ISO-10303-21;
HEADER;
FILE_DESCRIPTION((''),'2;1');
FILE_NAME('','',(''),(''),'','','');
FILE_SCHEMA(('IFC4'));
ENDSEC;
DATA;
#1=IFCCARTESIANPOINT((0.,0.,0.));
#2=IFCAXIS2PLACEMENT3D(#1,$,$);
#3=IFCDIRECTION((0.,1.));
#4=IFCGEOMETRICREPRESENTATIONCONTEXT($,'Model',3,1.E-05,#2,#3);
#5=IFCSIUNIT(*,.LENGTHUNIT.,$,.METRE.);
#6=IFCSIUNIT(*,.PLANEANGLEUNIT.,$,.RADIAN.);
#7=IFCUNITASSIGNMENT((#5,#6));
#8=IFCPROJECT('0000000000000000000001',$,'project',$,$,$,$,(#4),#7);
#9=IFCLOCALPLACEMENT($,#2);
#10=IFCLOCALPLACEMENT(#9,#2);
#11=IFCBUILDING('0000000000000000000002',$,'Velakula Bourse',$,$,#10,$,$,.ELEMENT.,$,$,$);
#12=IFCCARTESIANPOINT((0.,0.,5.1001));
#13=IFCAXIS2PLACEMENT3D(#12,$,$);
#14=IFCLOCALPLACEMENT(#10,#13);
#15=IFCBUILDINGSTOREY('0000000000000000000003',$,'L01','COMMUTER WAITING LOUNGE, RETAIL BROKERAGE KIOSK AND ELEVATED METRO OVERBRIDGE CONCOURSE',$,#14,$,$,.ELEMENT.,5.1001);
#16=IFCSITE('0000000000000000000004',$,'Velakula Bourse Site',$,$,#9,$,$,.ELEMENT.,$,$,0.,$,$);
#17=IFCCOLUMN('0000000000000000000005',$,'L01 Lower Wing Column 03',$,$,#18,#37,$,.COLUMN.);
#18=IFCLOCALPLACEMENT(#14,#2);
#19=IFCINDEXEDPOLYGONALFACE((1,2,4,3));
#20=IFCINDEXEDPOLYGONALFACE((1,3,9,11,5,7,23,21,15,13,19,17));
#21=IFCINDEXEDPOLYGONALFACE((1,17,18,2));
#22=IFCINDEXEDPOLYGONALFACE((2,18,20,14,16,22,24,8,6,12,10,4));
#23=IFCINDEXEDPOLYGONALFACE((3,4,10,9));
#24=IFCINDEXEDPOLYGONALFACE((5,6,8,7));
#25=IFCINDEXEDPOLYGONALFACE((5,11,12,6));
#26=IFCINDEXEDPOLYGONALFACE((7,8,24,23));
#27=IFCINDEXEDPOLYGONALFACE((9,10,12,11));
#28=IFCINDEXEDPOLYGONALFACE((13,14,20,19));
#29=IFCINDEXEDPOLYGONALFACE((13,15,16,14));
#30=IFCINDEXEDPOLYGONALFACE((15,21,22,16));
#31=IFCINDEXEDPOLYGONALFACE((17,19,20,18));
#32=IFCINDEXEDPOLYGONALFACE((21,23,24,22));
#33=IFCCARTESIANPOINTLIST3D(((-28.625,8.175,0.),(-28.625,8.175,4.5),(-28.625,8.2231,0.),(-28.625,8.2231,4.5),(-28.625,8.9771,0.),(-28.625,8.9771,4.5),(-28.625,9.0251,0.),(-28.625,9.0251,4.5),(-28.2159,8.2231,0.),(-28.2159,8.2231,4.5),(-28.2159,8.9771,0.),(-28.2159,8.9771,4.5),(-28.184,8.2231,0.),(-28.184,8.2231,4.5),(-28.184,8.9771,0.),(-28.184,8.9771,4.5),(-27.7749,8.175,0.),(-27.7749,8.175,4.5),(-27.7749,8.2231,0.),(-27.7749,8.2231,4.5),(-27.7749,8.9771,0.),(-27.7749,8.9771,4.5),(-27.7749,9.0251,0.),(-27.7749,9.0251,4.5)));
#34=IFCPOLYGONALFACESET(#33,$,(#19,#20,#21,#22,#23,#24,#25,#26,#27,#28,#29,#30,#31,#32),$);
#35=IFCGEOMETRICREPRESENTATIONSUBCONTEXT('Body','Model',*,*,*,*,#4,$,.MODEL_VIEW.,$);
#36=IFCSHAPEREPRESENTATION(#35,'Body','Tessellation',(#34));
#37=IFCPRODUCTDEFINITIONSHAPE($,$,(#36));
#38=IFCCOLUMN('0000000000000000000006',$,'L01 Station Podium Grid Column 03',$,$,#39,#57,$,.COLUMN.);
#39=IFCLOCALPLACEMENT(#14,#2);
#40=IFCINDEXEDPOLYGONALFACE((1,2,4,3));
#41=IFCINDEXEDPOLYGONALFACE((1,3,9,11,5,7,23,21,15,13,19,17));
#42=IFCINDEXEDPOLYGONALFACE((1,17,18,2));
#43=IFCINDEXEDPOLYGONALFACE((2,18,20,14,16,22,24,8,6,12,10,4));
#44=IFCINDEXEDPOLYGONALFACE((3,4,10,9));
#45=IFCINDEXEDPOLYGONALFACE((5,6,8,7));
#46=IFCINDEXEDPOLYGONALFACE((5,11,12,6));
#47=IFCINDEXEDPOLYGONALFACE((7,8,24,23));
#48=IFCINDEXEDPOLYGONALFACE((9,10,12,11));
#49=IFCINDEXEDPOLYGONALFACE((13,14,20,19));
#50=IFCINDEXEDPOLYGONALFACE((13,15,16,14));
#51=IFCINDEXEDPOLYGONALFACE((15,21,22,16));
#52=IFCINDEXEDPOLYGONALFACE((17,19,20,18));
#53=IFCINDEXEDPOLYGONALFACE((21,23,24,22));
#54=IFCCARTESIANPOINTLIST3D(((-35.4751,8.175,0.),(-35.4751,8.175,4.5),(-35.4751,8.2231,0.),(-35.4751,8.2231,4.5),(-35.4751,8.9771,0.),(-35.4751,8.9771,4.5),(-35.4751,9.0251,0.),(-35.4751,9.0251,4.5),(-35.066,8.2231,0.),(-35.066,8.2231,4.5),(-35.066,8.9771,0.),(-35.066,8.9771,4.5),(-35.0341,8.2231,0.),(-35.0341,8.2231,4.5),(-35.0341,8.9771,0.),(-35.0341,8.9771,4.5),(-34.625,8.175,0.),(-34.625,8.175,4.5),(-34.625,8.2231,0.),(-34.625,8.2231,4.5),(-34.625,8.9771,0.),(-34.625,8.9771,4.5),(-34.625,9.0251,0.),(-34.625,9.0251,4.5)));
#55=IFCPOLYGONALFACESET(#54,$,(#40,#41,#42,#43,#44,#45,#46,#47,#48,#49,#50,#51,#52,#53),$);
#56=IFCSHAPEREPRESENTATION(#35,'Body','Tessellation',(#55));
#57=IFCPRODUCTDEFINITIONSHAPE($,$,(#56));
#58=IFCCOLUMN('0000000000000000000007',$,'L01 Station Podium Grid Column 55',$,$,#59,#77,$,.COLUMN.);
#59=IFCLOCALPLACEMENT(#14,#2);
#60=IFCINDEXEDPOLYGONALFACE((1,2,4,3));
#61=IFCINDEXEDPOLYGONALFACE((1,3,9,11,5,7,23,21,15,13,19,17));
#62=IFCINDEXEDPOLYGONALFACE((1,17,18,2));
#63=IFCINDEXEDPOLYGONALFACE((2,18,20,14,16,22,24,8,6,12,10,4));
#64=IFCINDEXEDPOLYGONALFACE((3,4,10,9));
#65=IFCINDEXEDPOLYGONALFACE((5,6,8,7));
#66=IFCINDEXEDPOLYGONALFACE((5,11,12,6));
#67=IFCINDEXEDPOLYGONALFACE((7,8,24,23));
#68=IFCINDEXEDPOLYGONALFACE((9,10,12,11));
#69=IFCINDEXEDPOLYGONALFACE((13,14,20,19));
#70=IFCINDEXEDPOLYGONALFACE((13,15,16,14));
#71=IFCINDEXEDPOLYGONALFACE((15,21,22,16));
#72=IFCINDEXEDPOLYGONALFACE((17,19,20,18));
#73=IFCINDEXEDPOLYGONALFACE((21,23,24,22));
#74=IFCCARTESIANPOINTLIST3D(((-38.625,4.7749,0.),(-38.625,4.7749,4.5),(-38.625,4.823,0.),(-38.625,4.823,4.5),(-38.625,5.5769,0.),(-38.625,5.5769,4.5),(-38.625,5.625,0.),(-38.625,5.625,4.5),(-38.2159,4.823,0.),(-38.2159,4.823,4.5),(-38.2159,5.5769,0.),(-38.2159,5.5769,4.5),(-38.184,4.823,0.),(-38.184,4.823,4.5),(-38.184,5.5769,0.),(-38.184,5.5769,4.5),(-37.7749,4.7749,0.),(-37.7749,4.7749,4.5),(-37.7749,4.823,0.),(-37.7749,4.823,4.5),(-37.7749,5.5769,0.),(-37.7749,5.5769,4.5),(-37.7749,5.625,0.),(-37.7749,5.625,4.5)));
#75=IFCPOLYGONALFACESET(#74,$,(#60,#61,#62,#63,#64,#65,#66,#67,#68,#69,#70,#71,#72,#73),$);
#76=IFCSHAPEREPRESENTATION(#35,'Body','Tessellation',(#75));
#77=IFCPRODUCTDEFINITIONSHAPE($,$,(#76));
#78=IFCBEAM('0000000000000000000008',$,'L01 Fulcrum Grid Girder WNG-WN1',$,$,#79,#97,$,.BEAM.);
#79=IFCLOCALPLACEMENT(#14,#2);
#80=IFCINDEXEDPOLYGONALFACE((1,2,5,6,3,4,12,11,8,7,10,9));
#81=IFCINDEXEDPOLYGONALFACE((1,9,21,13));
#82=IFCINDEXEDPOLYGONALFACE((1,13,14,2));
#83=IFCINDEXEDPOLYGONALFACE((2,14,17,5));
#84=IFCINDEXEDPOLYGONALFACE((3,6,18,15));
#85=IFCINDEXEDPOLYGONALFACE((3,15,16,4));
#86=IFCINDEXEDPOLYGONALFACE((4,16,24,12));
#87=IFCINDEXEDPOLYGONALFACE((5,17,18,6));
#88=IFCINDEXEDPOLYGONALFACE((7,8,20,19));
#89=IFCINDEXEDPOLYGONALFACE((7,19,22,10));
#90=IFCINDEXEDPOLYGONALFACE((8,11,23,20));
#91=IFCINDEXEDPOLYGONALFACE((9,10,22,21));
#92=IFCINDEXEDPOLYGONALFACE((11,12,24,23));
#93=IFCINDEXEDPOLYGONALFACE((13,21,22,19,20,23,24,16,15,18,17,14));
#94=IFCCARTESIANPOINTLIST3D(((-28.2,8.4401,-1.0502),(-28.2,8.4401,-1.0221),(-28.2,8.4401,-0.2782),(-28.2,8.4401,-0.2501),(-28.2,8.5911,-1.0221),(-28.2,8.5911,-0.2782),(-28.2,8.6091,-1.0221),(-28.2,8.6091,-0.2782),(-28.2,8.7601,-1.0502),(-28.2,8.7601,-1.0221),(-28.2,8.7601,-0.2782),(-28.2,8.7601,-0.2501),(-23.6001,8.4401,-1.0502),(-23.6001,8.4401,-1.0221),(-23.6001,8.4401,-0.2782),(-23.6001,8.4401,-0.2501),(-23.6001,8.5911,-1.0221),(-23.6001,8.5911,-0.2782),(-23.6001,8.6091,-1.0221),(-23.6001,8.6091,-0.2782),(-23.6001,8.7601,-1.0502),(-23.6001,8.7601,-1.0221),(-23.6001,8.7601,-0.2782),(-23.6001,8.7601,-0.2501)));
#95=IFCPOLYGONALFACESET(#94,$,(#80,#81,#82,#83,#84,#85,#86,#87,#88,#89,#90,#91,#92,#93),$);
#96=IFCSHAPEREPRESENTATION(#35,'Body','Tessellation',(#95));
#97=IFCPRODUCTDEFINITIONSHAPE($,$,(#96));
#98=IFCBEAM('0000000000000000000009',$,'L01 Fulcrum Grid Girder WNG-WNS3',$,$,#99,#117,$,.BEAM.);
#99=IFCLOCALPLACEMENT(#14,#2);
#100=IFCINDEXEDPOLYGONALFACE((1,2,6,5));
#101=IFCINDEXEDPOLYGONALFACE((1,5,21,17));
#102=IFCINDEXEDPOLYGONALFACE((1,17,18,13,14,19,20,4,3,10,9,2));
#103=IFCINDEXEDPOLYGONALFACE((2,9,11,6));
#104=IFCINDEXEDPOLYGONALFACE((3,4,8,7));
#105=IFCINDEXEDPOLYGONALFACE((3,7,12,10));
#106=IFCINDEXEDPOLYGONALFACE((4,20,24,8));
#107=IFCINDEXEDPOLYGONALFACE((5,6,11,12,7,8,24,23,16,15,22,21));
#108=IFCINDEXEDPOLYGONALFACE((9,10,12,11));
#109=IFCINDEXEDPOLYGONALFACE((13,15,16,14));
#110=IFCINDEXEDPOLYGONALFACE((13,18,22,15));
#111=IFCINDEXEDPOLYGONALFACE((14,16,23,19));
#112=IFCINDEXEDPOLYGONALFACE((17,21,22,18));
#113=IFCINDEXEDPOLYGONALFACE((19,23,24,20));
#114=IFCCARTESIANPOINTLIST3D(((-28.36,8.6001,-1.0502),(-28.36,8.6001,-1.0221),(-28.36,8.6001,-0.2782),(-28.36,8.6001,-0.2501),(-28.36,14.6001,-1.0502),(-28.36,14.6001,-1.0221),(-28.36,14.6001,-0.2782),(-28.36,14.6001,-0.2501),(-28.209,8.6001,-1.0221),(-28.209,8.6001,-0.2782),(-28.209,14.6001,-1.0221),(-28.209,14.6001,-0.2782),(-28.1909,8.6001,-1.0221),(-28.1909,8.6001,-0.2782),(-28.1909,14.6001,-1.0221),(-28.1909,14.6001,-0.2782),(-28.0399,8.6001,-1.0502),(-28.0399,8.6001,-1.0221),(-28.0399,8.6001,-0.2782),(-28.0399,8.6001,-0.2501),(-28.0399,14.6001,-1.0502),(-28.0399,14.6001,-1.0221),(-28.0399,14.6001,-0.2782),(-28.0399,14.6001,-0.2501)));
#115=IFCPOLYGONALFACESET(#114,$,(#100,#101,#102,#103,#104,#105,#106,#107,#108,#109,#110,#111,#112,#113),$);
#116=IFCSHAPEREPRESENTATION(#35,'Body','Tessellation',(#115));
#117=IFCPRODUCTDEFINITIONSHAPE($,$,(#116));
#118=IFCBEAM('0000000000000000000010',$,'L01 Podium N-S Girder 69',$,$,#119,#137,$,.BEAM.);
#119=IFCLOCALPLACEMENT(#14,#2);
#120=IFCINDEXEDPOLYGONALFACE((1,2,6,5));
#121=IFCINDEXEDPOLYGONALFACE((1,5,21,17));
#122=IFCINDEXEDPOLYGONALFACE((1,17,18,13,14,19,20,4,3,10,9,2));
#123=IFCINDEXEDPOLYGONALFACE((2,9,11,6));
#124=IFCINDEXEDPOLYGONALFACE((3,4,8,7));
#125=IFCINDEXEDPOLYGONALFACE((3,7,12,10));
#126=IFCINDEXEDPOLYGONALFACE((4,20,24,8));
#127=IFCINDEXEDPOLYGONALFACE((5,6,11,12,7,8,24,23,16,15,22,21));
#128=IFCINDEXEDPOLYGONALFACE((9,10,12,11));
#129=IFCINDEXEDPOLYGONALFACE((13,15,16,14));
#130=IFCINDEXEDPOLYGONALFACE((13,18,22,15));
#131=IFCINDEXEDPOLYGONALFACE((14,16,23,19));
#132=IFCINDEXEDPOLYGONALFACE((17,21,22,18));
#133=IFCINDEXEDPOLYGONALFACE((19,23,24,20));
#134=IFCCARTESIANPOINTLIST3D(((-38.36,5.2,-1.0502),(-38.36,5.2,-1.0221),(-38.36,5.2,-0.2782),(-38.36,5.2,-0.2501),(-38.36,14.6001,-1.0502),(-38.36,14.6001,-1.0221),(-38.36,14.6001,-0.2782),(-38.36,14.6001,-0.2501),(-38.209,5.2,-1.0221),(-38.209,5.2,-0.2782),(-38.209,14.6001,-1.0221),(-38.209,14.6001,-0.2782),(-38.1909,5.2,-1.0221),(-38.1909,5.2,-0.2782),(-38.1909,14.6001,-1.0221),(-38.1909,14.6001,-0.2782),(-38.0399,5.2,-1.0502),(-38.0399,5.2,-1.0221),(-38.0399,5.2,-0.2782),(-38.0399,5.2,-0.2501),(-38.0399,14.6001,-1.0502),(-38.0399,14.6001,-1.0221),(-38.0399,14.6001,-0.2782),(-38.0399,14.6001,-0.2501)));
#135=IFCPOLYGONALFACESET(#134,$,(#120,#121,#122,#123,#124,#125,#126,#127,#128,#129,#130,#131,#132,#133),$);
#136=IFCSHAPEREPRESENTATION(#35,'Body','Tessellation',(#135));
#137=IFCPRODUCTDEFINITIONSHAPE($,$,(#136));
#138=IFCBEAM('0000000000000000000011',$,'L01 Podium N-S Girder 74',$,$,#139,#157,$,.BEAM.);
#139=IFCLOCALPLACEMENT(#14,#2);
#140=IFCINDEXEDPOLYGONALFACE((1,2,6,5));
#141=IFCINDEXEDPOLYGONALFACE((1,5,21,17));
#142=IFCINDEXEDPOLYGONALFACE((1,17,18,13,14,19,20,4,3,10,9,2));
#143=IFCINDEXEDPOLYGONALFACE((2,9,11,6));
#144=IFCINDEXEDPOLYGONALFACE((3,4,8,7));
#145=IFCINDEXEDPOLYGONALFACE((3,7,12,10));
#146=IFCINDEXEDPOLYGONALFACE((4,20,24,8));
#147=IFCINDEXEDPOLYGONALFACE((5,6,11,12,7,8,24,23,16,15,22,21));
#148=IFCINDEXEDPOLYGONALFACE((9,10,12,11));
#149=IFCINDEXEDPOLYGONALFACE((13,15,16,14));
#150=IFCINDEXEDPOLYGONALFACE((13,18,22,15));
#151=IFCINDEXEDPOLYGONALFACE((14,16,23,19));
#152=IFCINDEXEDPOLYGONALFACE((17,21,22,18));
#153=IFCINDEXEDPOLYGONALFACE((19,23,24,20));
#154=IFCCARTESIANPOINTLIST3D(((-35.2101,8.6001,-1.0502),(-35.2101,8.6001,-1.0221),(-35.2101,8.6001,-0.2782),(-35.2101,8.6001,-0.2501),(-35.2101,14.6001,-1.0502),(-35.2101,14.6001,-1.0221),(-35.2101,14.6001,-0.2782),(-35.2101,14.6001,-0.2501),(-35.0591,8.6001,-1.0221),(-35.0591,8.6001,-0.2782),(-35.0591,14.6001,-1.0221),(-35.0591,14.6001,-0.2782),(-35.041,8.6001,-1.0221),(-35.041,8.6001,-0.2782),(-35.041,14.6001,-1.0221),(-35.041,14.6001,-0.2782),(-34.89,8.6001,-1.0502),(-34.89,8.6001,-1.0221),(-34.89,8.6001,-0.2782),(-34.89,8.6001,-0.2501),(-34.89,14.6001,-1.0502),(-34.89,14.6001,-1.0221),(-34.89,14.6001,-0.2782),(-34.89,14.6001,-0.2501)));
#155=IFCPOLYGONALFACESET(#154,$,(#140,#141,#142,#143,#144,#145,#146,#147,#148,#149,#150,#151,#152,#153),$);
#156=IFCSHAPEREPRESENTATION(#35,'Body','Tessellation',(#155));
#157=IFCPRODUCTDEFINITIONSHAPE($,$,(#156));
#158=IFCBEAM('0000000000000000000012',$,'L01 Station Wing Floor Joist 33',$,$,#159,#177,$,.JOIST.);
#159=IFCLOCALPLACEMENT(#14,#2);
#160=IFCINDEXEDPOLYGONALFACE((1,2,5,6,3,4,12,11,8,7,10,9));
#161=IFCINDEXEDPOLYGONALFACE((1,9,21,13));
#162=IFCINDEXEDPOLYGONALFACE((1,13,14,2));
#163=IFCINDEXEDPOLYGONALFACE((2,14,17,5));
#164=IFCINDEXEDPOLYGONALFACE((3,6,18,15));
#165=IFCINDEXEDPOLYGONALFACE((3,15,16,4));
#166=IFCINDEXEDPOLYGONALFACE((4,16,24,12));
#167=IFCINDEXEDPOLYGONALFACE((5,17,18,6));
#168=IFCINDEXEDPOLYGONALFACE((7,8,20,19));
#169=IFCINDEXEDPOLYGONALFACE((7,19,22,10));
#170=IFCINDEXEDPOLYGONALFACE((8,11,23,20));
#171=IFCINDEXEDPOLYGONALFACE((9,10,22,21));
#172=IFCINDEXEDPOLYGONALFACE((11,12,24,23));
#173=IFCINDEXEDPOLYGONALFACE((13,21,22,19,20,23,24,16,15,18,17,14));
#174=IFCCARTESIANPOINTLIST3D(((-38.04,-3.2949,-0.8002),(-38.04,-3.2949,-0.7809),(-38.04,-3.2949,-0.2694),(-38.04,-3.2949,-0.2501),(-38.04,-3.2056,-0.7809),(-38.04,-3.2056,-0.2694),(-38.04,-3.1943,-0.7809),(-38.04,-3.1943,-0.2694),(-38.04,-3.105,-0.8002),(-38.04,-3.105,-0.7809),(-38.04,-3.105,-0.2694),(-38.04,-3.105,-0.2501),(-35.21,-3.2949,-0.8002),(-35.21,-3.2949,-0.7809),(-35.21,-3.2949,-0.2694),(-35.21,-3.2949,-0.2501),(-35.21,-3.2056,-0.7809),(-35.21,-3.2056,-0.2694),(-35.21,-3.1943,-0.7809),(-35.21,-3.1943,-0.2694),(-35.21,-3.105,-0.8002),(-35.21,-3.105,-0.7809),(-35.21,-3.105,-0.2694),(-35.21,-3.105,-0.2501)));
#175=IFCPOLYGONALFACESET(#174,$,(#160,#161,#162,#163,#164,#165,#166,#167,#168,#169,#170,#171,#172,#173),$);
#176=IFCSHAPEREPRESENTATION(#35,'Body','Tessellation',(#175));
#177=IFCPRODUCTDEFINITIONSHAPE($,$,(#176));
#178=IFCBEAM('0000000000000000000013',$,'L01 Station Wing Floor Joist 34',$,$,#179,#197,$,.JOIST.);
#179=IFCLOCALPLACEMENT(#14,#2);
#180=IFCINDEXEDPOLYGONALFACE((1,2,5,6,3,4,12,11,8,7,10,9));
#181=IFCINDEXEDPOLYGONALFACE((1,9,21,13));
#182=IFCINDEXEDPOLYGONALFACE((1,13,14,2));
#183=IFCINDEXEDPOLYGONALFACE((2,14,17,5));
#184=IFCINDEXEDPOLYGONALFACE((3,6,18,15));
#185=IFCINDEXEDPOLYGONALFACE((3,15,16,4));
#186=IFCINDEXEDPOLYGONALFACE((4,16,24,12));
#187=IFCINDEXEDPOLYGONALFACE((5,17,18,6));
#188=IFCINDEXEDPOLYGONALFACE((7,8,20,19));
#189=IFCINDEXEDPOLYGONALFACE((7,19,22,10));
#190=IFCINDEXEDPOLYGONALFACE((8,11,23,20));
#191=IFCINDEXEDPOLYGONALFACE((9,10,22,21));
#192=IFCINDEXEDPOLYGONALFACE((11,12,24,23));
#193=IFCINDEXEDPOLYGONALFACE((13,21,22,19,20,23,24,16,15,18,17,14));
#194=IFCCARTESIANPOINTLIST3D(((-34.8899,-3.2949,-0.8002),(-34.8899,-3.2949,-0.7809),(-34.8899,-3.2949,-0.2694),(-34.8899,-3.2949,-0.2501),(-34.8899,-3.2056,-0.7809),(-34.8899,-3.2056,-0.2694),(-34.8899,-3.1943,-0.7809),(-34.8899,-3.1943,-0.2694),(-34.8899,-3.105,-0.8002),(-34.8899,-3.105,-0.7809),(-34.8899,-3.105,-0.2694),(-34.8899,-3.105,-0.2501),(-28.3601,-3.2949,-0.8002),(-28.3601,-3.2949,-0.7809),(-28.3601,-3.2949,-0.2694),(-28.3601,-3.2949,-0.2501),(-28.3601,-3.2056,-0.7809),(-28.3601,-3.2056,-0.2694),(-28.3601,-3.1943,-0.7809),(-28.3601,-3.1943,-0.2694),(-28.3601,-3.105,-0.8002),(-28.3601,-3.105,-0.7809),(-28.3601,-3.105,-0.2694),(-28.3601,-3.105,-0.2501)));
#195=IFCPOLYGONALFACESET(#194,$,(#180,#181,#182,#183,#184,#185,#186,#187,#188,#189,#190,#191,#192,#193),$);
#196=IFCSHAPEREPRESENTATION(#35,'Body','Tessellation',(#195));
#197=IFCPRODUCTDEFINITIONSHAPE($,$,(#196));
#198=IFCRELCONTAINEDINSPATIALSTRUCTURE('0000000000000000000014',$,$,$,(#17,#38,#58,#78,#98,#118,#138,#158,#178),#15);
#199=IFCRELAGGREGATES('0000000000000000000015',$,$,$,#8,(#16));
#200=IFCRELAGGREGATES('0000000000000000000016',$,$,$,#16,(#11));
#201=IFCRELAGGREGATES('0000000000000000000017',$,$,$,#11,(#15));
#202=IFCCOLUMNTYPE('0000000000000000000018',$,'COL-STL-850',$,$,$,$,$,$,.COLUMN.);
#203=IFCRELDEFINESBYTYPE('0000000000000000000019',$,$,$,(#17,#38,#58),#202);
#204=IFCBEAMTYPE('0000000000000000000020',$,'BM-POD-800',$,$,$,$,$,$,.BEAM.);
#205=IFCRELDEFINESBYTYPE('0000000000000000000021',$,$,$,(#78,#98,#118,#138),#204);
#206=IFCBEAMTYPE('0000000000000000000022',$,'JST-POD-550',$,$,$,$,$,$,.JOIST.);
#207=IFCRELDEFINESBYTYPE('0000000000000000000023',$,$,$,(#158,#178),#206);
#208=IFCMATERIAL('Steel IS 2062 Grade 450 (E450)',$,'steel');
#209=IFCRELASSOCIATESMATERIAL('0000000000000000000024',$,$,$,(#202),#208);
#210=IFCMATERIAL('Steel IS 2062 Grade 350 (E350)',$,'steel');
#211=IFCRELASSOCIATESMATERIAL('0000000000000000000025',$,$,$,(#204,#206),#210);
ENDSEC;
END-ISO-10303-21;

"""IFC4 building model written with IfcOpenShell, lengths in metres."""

from ifc_helpers import new_model, si_unit, direction, frame, origin, origin_2d, place, context, subcontext, project, spatial, i_section, extrude, material, material_profile, profile_set, type_object, element, save


model = new_model("IFC4")

# Units and contexts
model_context = context("Model", 3, precision=1e-05, world=origin(), true_north=direction((0.0, 1.0)))
body_context = subcontext(model_context, "Body", "Model", "MODEL_VIEW")
ifc_project = project(units=[si_unit("LENGTHUNIT", "METRE"), si_unit("PLANEANGLEUNIT", "RADIAN")], contexts=[model_context])

# Site, building, storey
site_placement = place(None, origin())
site = spatial("IfcSite", under=ifc_project, at=site_placement, Name="Velakula Bourse Site", CompositionType="ELEMENT", RefElevation=0.0)
building_placement = place(site_placement, origin())
building = spatial("IfcBuilding", under=site, at=building_placement, Name="Velakula Bourse", CompositionType="ELEMENT")
storey_placement = place(building_placement, frame((0.0, 0.0, 5.1001)))
storey = spatial("IfcBuildingStorey", under=building, at=storey_placement, Name="L01", Description="COMMUTER WAITING LOUNGE, RETAIL BROKERAGE KIOSK AND ELEVATED METRO OVERBRIDGE CONCOURSE", CompositionType="ELEMENT", Elevation=5.1001)

# Columns
ifc_material_1 = material(Name="Steel IS 2062 Grade 450 (E450)", Category="steel")
ifc_material_profile_1 = material_profile(ifc_material_1, i_section(OverallWidth=0.8501, OverallDepth=0.8501, WebThickness=0.032, FlangeThickness=0.0481, at=origin_2d()), Name="Steel IS 2062 Grade 450 (E450)")
ifc_profile_set_1 = profile_set([ifc_material_profile_1], Name="Steel IS 2062 Grade 450 (E450)")
column_type = type_object("IfcColumnType", Name="COL-STL-850", PredefinedType="COLUMN", material=ifc_profile_set_1)
for number, where, z_axis, x_axis, name in (
    (1, (-28.2, 8.6001, 0.0), (0.0, 0.0, 1.0), (1.0, 0.0, 0.0), "L01 Lower Wing Column 03"),
    (2, (-35.05, 8.6001, 0.0), (0.0, 0.0, 1.0), (1.0, 0.0, 0.0), "L01 Station Podium Grid Column 03"),
    (3, (-38.2, 5.2, 0.0), (0.0, 0.0, 1.0), (1.0, 0.0, 0.0), "L01 Station Podium Grid Column 55"),
):
    element("IfcColumn", number, at=place(storey_placement, frame(where, z_axis=z_axis, x_axis=x_axis)), inside=storey, type_object=column_type, Name=name, PredefinedType="COLUMN", context=body_context, shape_type="SweptSolid", body=[
        extrude(i_section(OverallWidth=0.8501, OverallDepth=0.8501, WebThickness=0.032, FlangeThickness=0.0481, at=origin_2d()), origin(), (0.0, 0.0, 1.0), 4.5),
    ])

# Beams
ifc_material_2 = material(Name="Steel IS 2062 Grade 350 (E350)", Category="steel")
ifc_material_profile_2 = material_profile(ifc_material_2, i_section(OverallWidth=0.3201, OverallDepth=0.8, WebThickness=0.0181, FlangeThickness=0.0281, at=origin_2d()), Name="Steel IS 2062 Grade 350 (E350)")
ifc_profile_set_2 = profile_set([ifc_material_profile_2], Name="Steel IS 2062 Grade 350 (E350)")
beam_type_1 = type_object("IfcBeamType", Name="BM-POD-800", PredefinedType="BEAM", material=ifc_profile_set_2)
beam_1_placement = place(storey_placement, frame((-28.2, 8.6001, -0.6501), z_axis=(1.0, 0.0, 0.0), x_axis=(0.0, 1.0, 0.0)))
element("IfcBeam", 4, at=beam_1_placement, inside=storey, type_object=beam_type_1, Name="L01 Fulcrum Grid Girder WNG-WN1", PredefinedType="BEAM", context=body_context, shape_type="SweptSolid", body=[
    extrude(i_section(OverallWidth=0.3201, OverallDepth=0.8, WebThickness=0.0181, FlangeThickness=0.0281, at=origin_2d()), origin(), (0.0, 0.0, 1.0), 4.5999),
])
beam_2_placement = place(storey_placement, frame((-28.2, 8.6001, -0.6501), z_axis=(0.0, 1.0, 0.0), x_axis=(-1.0, 0.0, 0.0)))
element("IfcBeam", 5, at=beam_2_placement, inside=storey, type_object=beam_type_1, Name="L01 Fulcrum Grid Girder WNG-WNS3", PredefinedType="BEAM", context=body_context, shape_type="SweptSolid", body=[
    extrude(i_section(OverallWidth=0.3201, OverallDepth=0.8, WebThickness=0.0181, FlangeThickness=0.0281, at=origin_2d()), origin(), (0.0, 0.0, 1.0), 6.0),
])
beam_3_placement = place(storey_placement, frame((-38.2, 5.2, -0.6501), z_axis=(0.0, 1.0, 0.0), x_axis=(-1.0, 0.0, 0.0)))
element("IfcBeam", 6, at=beam_3_placement, inside=storey, type_object=beam_type_1, Name="L01 Podium N-S Girder 69", PredefinedType="BEAM", context=body_context, shape_type="SweptSolid", body=[
    extrude(i_section(OverallWidth=0.3201, OverallDepth=0.8, WebThickness=0.0181, FlangeThickness=0.0281, at=origin_2d()), origin(), (0.0, 0.0, 1.0), 9.4001),
])
beam_4_placement = place(storey_placement, frame((-35.05, 8.6001, -0.6501), z_axis=(0.0, 1.0, 0.0), x_axis=(-1.0, 0.0, 0.0)))
element("IfcBeam", 7, at=beam_4_placement, inside=storey, type_object=beam_type_1, Name="L01 Podium N-S Girder 74", PredefinedType="BEAM", context=body_context, shape_type="SweptSolid", body=[
    extrude(i_section(OverallWidth=0.3201, OverallDepth=0.8, WebThickness=0.0181, FlangeThickness=0.0281, at=origin_2d()), origin(), (0.0, 0.0, 1.0), 6.0),
])
ifc_material_profile_3 = material_profile(ifc_material_2, i_section(OverallWidth=0.1899, OverallDepth=0.55, WebThickness=0.0112, FlangeThickness=0.0193, at=origin_2d()), Name="Steel IS 2062 Grade 350 (E350)")
ifc_profile_set_3 = profile_set([ifc_material_profile_3], Name="Steel IS 2062 Grade 350 (E350)")
beam_type_2 = type_object("IfcBeamType", Name="JST-POD-550", PredefinedType="JOIST", material=ifc_profile_set_3)
beam_5_placement = place(storey_placement, frame((-38.04, -3.2, -0.5251), z_axis=(1.0, 0.0, 0.0), x_axis=(0.0, 1.0, 0.0)))
element("IfcBeam", 8, at=beam_5_placement, inside=storey, type_object=beam_type_2, Name="L01 Station Wing Floor Joist 33", PredefinedType="JOIST", context=body_context, shape_type="SweptSolid", body=[
    extrude(i_section(OverallWidth=0.1899, OverallDepth=0.55, WebThickness=0.0112, FlangeThickness=0.0193, at=origin_2d()), origin(), (0.0, 0.0, 1.0), 2.8301),
])
beam_6_placement = place(storey_placement, frame((-34.8899, -3.2, -0.5251), z_axis=(1.0, 0.0, 0.0), x_axis=(0.0, 1.0, 0.0)))
element("IfcBeam", 9, at=beam_6_placement, inside=storey, type_object=beam_type_2, Name="L01 Station Wing Floor Joist 34", PredefinedType="JOIST", context=body_context, shape_type="SweptSolid", body=[
    extrude(i_section(OverallWidth=0.1899, OverallDepth=0.55, WebThickness=0.0112, FlangeThickness=0.0193, at=origin_2d()), origin(), (0.0, 0.0, 1.0), 6.5298),
])

save(model, "model.ifc")
